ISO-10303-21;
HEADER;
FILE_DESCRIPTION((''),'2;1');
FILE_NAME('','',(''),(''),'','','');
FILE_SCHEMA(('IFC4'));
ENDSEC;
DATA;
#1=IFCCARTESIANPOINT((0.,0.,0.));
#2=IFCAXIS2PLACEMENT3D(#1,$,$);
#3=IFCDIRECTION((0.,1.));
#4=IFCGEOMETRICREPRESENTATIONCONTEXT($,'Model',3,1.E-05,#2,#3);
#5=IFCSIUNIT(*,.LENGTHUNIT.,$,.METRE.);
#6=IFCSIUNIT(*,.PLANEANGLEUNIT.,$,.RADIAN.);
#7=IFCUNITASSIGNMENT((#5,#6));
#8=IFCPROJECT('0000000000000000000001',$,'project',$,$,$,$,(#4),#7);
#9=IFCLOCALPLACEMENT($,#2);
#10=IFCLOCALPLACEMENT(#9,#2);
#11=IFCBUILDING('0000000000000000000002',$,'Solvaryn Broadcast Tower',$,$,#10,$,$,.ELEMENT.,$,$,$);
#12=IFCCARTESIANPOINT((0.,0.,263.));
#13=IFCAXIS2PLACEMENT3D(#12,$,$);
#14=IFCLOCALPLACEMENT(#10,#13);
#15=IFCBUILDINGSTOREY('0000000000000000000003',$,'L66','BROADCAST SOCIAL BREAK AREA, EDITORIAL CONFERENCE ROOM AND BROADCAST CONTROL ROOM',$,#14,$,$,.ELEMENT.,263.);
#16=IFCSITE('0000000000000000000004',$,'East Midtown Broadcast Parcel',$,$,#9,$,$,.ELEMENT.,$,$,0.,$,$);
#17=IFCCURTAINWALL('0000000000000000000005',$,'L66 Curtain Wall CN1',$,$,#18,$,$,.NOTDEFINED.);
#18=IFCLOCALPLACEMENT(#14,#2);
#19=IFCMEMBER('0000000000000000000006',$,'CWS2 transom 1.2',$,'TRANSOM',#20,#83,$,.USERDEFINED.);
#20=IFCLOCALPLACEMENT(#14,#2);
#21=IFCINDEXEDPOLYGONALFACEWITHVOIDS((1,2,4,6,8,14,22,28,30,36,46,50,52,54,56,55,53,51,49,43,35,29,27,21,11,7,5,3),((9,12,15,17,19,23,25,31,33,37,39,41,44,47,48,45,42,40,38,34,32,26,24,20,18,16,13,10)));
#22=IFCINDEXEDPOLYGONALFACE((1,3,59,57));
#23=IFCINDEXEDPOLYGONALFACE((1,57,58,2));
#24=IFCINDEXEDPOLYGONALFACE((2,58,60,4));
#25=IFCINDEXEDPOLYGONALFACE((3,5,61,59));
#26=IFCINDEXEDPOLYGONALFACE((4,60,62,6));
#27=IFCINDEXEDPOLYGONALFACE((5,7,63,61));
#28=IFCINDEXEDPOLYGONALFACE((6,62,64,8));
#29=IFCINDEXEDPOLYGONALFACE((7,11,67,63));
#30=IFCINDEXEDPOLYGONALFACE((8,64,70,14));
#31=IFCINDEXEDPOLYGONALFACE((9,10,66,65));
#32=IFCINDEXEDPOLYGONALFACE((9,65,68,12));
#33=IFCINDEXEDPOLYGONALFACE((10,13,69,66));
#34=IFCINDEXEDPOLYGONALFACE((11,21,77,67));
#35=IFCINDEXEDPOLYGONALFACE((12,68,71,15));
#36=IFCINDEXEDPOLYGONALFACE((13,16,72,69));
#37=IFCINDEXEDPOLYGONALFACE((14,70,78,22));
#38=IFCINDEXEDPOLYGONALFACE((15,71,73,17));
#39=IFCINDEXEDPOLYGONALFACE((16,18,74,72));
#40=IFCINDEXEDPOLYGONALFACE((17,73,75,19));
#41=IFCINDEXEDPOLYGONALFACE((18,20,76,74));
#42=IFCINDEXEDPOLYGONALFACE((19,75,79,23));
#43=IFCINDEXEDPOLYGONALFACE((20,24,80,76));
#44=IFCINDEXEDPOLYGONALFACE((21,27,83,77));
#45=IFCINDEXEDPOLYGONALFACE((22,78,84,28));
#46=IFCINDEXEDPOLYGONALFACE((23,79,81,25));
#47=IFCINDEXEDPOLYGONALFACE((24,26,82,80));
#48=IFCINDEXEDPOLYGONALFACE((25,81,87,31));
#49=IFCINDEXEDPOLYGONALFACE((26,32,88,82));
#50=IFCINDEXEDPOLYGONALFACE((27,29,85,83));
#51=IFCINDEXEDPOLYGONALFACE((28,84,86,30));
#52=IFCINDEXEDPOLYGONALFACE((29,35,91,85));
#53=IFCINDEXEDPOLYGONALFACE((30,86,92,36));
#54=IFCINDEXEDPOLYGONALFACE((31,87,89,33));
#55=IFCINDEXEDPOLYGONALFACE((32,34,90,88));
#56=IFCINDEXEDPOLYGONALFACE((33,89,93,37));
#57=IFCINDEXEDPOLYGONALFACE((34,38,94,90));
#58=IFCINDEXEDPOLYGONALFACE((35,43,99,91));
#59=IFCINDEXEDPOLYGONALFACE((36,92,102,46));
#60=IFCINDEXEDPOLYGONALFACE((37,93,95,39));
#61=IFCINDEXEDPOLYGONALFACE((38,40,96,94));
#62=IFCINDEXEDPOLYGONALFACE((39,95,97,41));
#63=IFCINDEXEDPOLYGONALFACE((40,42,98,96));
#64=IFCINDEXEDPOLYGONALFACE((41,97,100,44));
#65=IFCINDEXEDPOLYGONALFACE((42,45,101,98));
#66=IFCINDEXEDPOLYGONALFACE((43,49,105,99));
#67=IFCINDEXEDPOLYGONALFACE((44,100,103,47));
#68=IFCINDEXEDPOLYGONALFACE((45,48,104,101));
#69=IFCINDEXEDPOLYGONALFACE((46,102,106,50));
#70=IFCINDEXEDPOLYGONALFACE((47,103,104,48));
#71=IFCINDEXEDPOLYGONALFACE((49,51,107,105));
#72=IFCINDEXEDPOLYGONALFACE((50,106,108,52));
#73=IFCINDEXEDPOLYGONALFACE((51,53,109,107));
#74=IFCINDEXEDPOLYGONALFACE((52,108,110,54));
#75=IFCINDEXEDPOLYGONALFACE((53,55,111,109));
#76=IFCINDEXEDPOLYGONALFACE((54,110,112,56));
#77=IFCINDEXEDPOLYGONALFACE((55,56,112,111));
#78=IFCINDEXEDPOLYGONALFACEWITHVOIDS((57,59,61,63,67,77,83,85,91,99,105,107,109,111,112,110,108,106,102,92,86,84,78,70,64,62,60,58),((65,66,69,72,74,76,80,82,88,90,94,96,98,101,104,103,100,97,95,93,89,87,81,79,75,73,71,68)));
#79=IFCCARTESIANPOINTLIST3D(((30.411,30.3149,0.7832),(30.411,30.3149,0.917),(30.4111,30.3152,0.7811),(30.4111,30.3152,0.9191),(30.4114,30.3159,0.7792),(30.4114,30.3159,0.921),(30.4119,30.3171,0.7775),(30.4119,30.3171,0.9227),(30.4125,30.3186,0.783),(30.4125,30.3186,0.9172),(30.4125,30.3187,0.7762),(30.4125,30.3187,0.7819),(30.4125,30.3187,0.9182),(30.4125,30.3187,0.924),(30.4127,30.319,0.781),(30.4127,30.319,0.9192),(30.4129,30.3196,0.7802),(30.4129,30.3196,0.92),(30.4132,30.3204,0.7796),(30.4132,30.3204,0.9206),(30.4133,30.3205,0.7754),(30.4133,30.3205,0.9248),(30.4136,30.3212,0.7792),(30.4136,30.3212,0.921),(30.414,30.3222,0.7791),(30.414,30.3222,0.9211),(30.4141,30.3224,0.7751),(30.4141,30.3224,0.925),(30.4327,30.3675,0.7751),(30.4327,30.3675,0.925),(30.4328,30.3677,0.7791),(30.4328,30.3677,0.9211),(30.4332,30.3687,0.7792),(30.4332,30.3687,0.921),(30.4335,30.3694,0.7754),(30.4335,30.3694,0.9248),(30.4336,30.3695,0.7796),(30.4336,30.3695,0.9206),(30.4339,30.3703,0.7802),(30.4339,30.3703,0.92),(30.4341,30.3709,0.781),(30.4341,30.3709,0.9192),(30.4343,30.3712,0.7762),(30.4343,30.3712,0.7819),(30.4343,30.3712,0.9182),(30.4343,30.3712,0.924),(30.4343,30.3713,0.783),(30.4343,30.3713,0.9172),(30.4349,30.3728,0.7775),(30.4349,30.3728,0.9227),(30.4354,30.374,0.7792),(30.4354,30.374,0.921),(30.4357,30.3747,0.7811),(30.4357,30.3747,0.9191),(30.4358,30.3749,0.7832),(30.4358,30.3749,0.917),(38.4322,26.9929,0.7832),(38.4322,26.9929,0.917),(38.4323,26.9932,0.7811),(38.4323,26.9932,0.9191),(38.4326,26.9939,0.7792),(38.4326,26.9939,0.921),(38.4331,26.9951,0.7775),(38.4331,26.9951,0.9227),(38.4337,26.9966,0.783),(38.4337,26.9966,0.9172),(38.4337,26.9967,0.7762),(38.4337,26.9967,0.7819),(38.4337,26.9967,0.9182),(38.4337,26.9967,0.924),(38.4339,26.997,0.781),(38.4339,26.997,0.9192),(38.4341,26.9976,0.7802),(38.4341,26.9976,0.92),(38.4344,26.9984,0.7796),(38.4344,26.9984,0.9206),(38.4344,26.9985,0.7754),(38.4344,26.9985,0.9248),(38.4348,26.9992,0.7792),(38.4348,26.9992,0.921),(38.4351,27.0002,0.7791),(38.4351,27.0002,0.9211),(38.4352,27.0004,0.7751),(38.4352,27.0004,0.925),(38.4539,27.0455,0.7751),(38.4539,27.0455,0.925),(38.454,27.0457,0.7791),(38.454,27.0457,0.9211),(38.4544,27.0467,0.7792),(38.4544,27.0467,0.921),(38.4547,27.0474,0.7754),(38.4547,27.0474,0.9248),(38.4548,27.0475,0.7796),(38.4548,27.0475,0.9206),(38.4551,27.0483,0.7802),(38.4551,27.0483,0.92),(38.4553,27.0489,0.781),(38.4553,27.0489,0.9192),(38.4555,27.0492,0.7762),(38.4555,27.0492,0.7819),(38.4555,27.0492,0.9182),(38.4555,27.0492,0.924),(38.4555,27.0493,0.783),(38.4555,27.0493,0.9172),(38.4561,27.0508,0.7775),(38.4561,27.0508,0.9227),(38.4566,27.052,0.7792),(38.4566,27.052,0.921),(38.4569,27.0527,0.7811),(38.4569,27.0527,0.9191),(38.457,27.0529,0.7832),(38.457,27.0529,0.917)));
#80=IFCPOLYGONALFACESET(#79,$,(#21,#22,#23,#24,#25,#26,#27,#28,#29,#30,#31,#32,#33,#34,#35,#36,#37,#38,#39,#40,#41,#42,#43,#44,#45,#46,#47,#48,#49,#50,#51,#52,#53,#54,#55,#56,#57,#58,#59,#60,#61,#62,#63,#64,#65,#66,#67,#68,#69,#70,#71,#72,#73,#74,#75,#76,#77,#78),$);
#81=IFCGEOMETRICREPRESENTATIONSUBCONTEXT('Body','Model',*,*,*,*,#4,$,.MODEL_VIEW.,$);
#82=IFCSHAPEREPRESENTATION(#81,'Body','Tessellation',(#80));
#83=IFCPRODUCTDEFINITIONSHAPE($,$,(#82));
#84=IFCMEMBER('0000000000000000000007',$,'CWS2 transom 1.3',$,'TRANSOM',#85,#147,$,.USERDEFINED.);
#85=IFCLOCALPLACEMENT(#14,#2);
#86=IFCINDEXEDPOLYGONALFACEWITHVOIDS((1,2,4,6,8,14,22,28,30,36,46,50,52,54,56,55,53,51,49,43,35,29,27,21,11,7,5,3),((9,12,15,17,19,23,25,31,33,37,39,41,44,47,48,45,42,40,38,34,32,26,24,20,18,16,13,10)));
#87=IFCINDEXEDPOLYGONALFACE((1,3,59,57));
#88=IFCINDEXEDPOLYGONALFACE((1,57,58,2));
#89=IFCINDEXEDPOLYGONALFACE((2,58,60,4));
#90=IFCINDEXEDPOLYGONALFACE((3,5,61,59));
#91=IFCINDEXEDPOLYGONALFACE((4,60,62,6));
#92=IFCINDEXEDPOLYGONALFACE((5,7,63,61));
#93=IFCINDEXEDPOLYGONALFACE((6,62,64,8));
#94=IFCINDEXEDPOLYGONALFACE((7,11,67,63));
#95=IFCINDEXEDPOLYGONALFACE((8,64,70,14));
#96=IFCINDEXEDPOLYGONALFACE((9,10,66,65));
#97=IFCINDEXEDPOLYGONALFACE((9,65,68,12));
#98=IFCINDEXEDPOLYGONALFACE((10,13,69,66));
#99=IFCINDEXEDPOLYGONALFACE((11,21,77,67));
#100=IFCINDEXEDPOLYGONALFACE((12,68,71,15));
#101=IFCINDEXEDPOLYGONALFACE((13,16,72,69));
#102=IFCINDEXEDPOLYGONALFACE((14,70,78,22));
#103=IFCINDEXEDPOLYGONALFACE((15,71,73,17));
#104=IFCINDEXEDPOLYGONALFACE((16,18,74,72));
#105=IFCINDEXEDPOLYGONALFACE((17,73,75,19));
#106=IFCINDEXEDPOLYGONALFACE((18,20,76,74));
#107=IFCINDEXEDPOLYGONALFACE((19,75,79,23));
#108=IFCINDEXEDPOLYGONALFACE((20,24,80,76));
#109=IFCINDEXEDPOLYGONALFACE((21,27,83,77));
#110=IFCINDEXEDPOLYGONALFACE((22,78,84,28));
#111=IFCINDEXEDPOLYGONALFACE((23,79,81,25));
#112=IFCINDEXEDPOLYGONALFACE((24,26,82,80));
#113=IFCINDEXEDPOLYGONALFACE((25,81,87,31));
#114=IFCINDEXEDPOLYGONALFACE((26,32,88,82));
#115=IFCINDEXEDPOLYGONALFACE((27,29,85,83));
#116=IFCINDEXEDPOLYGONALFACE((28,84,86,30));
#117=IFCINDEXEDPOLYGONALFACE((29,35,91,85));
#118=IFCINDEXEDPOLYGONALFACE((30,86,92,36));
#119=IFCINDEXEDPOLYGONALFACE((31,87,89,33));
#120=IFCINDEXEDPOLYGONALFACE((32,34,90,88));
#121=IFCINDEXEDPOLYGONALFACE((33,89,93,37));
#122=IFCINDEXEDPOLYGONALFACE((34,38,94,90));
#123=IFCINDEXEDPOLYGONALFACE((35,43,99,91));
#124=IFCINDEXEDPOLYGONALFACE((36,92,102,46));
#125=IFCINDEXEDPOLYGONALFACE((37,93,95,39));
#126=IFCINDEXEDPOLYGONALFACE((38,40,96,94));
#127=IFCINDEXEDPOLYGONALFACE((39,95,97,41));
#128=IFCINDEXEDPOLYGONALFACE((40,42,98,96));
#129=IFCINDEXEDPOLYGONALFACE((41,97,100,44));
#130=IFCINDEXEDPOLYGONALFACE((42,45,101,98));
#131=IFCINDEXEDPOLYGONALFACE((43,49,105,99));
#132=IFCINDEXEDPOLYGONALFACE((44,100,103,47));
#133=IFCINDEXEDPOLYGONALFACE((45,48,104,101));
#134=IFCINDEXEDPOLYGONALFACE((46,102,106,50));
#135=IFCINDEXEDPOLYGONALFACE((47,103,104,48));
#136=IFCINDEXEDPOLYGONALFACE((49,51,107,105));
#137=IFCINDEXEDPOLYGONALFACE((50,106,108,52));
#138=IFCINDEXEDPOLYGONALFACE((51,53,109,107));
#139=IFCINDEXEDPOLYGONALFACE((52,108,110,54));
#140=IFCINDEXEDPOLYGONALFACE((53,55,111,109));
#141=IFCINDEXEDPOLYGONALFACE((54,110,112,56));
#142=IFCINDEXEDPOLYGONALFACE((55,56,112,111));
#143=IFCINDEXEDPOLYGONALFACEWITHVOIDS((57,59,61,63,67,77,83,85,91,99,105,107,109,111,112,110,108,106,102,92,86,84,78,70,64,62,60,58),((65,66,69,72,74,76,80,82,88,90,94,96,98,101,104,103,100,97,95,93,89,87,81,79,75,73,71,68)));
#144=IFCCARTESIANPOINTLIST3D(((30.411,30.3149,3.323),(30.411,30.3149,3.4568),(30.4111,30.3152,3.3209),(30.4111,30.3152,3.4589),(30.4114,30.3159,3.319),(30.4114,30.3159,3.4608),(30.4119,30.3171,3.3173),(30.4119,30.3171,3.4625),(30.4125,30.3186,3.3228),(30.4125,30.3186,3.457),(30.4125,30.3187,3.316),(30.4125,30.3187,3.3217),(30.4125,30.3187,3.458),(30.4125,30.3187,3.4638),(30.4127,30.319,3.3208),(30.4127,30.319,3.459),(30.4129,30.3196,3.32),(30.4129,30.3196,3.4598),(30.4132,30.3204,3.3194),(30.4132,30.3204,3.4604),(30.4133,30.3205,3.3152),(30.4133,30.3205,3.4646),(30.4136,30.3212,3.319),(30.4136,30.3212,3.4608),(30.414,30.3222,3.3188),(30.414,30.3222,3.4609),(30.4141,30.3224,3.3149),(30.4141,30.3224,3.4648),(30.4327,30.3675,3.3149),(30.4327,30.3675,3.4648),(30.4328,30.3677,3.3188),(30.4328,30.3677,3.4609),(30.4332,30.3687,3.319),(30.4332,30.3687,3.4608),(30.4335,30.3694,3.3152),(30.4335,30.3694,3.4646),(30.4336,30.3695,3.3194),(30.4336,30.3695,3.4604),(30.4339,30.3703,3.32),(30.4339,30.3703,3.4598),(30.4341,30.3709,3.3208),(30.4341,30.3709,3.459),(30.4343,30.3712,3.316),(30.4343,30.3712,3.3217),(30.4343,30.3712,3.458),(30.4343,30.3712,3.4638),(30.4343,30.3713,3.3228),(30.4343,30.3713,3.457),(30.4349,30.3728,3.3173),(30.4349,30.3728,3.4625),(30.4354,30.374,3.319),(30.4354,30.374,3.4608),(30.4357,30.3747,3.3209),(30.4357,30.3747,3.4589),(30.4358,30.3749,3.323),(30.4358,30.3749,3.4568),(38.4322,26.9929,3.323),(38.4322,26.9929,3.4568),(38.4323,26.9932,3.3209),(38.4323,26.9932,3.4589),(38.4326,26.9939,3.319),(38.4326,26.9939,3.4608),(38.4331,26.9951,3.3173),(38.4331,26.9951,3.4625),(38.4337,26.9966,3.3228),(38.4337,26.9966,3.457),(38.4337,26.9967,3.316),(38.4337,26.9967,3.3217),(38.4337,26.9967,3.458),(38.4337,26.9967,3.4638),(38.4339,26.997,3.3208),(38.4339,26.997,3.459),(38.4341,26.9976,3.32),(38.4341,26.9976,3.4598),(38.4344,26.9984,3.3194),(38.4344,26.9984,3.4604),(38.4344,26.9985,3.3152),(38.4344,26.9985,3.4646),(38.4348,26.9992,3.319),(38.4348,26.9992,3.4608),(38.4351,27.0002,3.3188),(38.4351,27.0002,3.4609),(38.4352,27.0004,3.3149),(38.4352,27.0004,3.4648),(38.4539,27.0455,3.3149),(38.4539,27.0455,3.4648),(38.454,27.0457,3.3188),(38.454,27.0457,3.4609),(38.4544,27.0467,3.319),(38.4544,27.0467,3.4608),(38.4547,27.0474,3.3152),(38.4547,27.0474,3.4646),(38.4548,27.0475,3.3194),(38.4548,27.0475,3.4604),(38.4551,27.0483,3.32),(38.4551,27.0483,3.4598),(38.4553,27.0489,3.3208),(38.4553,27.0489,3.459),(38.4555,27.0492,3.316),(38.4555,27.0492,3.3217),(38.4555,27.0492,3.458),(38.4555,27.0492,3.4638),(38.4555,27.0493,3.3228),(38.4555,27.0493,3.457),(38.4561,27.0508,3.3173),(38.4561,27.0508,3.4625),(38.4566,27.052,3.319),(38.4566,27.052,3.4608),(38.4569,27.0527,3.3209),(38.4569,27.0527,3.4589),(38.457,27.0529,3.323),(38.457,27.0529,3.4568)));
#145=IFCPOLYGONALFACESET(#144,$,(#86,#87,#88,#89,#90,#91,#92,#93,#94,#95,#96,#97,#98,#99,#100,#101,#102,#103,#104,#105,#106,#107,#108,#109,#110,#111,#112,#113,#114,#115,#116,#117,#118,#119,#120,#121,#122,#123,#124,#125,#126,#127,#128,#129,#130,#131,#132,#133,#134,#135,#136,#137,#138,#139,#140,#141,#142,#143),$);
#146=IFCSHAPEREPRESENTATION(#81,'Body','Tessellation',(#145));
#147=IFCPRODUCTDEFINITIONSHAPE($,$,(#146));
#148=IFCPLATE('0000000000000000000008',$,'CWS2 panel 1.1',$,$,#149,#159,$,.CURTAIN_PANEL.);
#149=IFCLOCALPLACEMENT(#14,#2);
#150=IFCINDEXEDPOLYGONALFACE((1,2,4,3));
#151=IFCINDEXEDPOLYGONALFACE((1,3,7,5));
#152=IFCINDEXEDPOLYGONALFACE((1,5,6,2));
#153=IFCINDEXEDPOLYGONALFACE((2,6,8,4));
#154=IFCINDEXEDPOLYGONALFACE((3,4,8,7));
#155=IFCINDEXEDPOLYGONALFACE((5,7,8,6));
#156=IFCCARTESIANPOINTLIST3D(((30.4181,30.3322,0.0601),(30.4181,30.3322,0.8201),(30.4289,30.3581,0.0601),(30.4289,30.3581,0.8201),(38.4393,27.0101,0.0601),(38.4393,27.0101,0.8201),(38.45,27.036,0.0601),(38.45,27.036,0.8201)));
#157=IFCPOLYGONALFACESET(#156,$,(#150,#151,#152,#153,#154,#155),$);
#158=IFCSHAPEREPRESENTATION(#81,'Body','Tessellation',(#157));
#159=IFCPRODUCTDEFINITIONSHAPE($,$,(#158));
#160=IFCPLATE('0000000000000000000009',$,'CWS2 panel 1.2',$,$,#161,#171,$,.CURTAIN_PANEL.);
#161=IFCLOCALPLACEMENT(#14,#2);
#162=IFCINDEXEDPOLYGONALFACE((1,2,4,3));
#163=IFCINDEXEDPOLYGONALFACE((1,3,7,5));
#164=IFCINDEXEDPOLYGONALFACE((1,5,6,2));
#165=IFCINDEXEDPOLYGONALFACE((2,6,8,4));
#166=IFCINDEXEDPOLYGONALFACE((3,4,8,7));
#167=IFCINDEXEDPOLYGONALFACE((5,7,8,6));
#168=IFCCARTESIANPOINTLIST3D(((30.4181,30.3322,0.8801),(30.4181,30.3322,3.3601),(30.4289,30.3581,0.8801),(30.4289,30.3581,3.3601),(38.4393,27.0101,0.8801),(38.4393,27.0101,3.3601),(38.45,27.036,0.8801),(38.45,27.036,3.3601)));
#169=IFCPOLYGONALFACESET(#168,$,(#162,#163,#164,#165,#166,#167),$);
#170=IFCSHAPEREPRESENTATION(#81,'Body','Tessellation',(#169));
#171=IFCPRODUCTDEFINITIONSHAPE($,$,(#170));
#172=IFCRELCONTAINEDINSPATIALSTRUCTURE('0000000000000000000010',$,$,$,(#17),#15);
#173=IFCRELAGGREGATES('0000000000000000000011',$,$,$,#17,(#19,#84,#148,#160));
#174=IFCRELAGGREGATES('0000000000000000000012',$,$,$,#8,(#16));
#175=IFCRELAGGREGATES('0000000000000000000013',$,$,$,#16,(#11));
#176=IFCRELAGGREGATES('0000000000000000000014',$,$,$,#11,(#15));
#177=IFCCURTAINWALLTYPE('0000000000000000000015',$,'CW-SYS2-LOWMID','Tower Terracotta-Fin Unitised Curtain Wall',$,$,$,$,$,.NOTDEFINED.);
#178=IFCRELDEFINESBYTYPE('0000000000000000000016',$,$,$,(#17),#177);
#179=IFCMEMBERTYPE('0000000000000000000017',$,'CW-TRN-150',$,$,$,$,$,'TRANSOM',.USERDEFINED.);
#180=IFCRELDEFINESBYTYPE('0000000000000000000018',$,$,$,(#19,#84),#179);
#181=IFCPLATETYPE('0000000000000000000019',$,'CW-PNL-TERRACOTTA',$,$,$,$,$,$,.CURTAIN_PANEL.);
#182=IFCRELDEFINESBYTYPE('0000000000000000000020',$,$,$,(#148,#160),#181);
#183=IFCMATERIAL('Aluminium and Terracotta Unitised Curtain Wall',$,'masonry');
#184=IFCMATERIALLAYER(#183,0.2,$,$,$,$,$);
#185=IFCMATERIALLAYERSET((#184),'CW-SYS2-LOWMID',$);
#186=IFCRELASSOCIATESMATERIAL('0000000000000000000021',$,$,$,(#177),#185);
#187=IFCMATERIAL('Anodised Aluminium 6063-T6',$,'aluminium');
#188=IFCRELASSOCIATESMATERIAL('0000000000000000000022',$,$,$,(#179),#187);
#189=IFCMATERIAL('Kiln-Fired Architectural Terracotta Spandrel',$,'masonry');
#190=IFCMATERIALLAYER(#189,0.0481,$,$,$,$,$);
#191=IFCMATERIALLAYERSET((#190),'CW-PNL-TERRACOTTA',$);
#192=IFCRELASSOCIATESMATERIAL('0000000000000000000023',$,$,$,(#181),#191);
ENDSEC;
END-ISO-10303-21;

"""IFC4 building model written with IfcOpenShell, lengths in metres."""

from ifc_helpers import new_model, si_unit, direction, frame, origin, origin_2d, place, context, subcontext, project, spatial, rectangle, hollow_rectangle, extrude, material, layer, layer_set, material_profile, profile_set, type_object, element, aggregate, save


model = new_model("IFC4")

# Units and contexts
model_context = context("Model", 3, precision=1e-05, world=origin(), true_north=direction((0.0, 1.0)))
body_context = subcontext(model_context, "Body", "Model", "MODEL_VIEW")
ifc_project = project(units=[si_unit("LENGTHUNIT", "METRE"), si_unit("PLANEANGLEUNIT", "RADIAN")], contexts=[model_context])

# Site, building, storey
site_placement = place(None, origin())
site = spatial("IfcSite", under=ifc_project, at=site_placement, Name="East Midtown Broadcast Parcel", CompositionType="ELEMENT", RefElevation=0.0)
building_placement = place(site_placement, origin())
building = spatial("IfcBuilding", under=site, at=building_placement, Name="Solvaryn Broadcast Tower", CompositionType="ELEMENT")
storey_placement = place(building_placement, frame((0.0, 0.0, 263.0)))
storey = spatial("IfcBuildingStorey", under=building, at=storey_placement, Name="L66", Description="BROADCAST SOCIAL BREAK AREA, EDITORIAL CONFERENCE ROOM AND BROADCAST CONTROL ROOM", CompositionType="ELEMENT", Elevation=263.0)

# Curtain wall, members, plates
ifc_material_1 = material(Name="Aluminium and Terracotta Unitised Curtain Wall", Category="masonry")
ifc_layer_1 = layer(ifc_material_1, 0.2)
ifc_layer_set_1 = layer_set([ifc_layer_1], Name="CW-SYS2-LOWMID")
curtain_wall_type = type_object("IfcCurtainWallType", Name="CW-SYS2-LOWMID", Description="Tower Terracotta-Fin Unitised Curtain Wall", PredefinedType="NOTDEFINED", material=ifc_layer_set_1)
curtain_wall_placement = place(storey_placement, origin())
curtain_wall = element("IfcCurtainWall", 1, at=curtain_wall_placement, inside=storey, type_object=curtain_wall_type, Name="L66 Curtain Wall CN1", PredefinedType="NOTDEFINED")
ifc_material_2 = material(Name="Anodised Aluminium 6063-T6", Category="aluminium")
ifc_material_profile_1 = material_profile(ifc_material_2, hollow_rectangle(XDim=0.0649, YDim=0.1499, WallThickness=0.0039, InnerFilletRadius=0.0039, OuterFilletRadius=0.0081, at=origin_2d()))
ifc_profile_set_1 = profile_set([ifc_material_profile_1], Name="Anodised Aluminium 6063-T6")
member_type_1 = type_object("IfcMemberType", Name="CW-TRN-150", ElementType="TRANSOM", PredefinedType="USERDEFINED", material=ifc_profile_set_1)
member_1_placement = place(storey_placement, frame((38.4446, 27.0229, 0.8501), z_axis=(-0.923899, 0.382636, 0.0), x_axis=(-0.382636, -0.923899, 0.0)))
member_1 = element("IfcMember", 2, at=member_1_placement, type_object=member_type_1, Name="CWS2 transom 1.2", ObjectType="TRANSOM", PredefinedType="USERDEFINED", context=body_context, shape_type="SweptSolid", body=[
    extrude(hollow_rectangle(XDim=0.0649, YDim=0.1499, WallThickness=0.0039, InnerFilletRadius=0.0039, OuterFilletRadius=0.0081, at=origin_2d()), origin(), (0.0, 0.0, 1.0), 8.6819),
])
member_2_placement = place(storey_placement, frame((38.4446, 27.0229, 3.3899), z_axis=(-0.923899, 0.382636, 0.0), x_axis=(-0.382636, -0.923899, 0.0)))
member_2 = element("IfcMember", 3, at=member_2_placement, type_object=member_type_1, Name="CWS2 transom 1.3", ObjectType="TRANSOM", PredefinedType="USERDEFINED", context=body_context, shape_type="SweptSolid", body=[
    extrude(hollow_rectangle(XDim=0.0649, YDim=0.1499, WallThickness=0.0039, InnerFilletRadius=0.0039, OuterFilletRadius=0.0081, at=origin_2d()), origin(), (0.0, 0.0, 1.0), 8.6819),
])
ifc_material_3 = material(Name="Kiln-Fired Architectural Terracotta Spandrel", Category="masonry")
ifc_layer_2 = layer(ifc_material_3, 0.0481)
ifc_layer_set_2 = layer_set([ifc_layer_2], Name="CW-PNL-TERRACOTTA")
plate_type = type_object("IfcPlateType", Name="CW-PNL-TERRACOTTA", PredefinedType="CURTAIN_PANEL", material=ifc_layer_set_2)
plate_1_placement = place(storey_placement, frame((34.4341, 28.6841, 0.0601), z_axis=(0.0, 0.0, 1.0), x_axis=(-0.923895, 0.382646, 0.0)))
plate_1 = element("IfcPlate", 4, at=plate_1_placement, type_object=plate_type, Name="CWS2 panel 1.1", PredefinedType="CURTAIN_PANEL", context=body_context, shape_type="SweptSolid", body=[
    extrude(rectangle(XDim=8.6819, YDim=0.0281, at=origin_2d()), origin(), (0.0, 0.0, 1.0), 0.76),
])
plate_2_placement = place(storey_placement, frame((34.4341, 28.6841, 0.8801), z_axis=(0.0, 0.0, 1.0), x_axis=(-0.923895, 0.382646, 0.0)))
plate_2 = element("IfcPlate", 5, at=plate_2_placement, type_object=plate_type, Name="CWS2 panel 1.2", PredefinedType="CURTAIN_PANEL", context=body_context, shape_type="SweptSolid", body=[
    extrude(rectangle(XDim=8.6819, YDim=0.0281, at=origin_2d()), origin(), (0.0, 0.0, 1.0), 2.48),
])
aggregate(curtain_wall, [member_1, member_2, plate_1, plate_2])

save(model, "model.ifc")
